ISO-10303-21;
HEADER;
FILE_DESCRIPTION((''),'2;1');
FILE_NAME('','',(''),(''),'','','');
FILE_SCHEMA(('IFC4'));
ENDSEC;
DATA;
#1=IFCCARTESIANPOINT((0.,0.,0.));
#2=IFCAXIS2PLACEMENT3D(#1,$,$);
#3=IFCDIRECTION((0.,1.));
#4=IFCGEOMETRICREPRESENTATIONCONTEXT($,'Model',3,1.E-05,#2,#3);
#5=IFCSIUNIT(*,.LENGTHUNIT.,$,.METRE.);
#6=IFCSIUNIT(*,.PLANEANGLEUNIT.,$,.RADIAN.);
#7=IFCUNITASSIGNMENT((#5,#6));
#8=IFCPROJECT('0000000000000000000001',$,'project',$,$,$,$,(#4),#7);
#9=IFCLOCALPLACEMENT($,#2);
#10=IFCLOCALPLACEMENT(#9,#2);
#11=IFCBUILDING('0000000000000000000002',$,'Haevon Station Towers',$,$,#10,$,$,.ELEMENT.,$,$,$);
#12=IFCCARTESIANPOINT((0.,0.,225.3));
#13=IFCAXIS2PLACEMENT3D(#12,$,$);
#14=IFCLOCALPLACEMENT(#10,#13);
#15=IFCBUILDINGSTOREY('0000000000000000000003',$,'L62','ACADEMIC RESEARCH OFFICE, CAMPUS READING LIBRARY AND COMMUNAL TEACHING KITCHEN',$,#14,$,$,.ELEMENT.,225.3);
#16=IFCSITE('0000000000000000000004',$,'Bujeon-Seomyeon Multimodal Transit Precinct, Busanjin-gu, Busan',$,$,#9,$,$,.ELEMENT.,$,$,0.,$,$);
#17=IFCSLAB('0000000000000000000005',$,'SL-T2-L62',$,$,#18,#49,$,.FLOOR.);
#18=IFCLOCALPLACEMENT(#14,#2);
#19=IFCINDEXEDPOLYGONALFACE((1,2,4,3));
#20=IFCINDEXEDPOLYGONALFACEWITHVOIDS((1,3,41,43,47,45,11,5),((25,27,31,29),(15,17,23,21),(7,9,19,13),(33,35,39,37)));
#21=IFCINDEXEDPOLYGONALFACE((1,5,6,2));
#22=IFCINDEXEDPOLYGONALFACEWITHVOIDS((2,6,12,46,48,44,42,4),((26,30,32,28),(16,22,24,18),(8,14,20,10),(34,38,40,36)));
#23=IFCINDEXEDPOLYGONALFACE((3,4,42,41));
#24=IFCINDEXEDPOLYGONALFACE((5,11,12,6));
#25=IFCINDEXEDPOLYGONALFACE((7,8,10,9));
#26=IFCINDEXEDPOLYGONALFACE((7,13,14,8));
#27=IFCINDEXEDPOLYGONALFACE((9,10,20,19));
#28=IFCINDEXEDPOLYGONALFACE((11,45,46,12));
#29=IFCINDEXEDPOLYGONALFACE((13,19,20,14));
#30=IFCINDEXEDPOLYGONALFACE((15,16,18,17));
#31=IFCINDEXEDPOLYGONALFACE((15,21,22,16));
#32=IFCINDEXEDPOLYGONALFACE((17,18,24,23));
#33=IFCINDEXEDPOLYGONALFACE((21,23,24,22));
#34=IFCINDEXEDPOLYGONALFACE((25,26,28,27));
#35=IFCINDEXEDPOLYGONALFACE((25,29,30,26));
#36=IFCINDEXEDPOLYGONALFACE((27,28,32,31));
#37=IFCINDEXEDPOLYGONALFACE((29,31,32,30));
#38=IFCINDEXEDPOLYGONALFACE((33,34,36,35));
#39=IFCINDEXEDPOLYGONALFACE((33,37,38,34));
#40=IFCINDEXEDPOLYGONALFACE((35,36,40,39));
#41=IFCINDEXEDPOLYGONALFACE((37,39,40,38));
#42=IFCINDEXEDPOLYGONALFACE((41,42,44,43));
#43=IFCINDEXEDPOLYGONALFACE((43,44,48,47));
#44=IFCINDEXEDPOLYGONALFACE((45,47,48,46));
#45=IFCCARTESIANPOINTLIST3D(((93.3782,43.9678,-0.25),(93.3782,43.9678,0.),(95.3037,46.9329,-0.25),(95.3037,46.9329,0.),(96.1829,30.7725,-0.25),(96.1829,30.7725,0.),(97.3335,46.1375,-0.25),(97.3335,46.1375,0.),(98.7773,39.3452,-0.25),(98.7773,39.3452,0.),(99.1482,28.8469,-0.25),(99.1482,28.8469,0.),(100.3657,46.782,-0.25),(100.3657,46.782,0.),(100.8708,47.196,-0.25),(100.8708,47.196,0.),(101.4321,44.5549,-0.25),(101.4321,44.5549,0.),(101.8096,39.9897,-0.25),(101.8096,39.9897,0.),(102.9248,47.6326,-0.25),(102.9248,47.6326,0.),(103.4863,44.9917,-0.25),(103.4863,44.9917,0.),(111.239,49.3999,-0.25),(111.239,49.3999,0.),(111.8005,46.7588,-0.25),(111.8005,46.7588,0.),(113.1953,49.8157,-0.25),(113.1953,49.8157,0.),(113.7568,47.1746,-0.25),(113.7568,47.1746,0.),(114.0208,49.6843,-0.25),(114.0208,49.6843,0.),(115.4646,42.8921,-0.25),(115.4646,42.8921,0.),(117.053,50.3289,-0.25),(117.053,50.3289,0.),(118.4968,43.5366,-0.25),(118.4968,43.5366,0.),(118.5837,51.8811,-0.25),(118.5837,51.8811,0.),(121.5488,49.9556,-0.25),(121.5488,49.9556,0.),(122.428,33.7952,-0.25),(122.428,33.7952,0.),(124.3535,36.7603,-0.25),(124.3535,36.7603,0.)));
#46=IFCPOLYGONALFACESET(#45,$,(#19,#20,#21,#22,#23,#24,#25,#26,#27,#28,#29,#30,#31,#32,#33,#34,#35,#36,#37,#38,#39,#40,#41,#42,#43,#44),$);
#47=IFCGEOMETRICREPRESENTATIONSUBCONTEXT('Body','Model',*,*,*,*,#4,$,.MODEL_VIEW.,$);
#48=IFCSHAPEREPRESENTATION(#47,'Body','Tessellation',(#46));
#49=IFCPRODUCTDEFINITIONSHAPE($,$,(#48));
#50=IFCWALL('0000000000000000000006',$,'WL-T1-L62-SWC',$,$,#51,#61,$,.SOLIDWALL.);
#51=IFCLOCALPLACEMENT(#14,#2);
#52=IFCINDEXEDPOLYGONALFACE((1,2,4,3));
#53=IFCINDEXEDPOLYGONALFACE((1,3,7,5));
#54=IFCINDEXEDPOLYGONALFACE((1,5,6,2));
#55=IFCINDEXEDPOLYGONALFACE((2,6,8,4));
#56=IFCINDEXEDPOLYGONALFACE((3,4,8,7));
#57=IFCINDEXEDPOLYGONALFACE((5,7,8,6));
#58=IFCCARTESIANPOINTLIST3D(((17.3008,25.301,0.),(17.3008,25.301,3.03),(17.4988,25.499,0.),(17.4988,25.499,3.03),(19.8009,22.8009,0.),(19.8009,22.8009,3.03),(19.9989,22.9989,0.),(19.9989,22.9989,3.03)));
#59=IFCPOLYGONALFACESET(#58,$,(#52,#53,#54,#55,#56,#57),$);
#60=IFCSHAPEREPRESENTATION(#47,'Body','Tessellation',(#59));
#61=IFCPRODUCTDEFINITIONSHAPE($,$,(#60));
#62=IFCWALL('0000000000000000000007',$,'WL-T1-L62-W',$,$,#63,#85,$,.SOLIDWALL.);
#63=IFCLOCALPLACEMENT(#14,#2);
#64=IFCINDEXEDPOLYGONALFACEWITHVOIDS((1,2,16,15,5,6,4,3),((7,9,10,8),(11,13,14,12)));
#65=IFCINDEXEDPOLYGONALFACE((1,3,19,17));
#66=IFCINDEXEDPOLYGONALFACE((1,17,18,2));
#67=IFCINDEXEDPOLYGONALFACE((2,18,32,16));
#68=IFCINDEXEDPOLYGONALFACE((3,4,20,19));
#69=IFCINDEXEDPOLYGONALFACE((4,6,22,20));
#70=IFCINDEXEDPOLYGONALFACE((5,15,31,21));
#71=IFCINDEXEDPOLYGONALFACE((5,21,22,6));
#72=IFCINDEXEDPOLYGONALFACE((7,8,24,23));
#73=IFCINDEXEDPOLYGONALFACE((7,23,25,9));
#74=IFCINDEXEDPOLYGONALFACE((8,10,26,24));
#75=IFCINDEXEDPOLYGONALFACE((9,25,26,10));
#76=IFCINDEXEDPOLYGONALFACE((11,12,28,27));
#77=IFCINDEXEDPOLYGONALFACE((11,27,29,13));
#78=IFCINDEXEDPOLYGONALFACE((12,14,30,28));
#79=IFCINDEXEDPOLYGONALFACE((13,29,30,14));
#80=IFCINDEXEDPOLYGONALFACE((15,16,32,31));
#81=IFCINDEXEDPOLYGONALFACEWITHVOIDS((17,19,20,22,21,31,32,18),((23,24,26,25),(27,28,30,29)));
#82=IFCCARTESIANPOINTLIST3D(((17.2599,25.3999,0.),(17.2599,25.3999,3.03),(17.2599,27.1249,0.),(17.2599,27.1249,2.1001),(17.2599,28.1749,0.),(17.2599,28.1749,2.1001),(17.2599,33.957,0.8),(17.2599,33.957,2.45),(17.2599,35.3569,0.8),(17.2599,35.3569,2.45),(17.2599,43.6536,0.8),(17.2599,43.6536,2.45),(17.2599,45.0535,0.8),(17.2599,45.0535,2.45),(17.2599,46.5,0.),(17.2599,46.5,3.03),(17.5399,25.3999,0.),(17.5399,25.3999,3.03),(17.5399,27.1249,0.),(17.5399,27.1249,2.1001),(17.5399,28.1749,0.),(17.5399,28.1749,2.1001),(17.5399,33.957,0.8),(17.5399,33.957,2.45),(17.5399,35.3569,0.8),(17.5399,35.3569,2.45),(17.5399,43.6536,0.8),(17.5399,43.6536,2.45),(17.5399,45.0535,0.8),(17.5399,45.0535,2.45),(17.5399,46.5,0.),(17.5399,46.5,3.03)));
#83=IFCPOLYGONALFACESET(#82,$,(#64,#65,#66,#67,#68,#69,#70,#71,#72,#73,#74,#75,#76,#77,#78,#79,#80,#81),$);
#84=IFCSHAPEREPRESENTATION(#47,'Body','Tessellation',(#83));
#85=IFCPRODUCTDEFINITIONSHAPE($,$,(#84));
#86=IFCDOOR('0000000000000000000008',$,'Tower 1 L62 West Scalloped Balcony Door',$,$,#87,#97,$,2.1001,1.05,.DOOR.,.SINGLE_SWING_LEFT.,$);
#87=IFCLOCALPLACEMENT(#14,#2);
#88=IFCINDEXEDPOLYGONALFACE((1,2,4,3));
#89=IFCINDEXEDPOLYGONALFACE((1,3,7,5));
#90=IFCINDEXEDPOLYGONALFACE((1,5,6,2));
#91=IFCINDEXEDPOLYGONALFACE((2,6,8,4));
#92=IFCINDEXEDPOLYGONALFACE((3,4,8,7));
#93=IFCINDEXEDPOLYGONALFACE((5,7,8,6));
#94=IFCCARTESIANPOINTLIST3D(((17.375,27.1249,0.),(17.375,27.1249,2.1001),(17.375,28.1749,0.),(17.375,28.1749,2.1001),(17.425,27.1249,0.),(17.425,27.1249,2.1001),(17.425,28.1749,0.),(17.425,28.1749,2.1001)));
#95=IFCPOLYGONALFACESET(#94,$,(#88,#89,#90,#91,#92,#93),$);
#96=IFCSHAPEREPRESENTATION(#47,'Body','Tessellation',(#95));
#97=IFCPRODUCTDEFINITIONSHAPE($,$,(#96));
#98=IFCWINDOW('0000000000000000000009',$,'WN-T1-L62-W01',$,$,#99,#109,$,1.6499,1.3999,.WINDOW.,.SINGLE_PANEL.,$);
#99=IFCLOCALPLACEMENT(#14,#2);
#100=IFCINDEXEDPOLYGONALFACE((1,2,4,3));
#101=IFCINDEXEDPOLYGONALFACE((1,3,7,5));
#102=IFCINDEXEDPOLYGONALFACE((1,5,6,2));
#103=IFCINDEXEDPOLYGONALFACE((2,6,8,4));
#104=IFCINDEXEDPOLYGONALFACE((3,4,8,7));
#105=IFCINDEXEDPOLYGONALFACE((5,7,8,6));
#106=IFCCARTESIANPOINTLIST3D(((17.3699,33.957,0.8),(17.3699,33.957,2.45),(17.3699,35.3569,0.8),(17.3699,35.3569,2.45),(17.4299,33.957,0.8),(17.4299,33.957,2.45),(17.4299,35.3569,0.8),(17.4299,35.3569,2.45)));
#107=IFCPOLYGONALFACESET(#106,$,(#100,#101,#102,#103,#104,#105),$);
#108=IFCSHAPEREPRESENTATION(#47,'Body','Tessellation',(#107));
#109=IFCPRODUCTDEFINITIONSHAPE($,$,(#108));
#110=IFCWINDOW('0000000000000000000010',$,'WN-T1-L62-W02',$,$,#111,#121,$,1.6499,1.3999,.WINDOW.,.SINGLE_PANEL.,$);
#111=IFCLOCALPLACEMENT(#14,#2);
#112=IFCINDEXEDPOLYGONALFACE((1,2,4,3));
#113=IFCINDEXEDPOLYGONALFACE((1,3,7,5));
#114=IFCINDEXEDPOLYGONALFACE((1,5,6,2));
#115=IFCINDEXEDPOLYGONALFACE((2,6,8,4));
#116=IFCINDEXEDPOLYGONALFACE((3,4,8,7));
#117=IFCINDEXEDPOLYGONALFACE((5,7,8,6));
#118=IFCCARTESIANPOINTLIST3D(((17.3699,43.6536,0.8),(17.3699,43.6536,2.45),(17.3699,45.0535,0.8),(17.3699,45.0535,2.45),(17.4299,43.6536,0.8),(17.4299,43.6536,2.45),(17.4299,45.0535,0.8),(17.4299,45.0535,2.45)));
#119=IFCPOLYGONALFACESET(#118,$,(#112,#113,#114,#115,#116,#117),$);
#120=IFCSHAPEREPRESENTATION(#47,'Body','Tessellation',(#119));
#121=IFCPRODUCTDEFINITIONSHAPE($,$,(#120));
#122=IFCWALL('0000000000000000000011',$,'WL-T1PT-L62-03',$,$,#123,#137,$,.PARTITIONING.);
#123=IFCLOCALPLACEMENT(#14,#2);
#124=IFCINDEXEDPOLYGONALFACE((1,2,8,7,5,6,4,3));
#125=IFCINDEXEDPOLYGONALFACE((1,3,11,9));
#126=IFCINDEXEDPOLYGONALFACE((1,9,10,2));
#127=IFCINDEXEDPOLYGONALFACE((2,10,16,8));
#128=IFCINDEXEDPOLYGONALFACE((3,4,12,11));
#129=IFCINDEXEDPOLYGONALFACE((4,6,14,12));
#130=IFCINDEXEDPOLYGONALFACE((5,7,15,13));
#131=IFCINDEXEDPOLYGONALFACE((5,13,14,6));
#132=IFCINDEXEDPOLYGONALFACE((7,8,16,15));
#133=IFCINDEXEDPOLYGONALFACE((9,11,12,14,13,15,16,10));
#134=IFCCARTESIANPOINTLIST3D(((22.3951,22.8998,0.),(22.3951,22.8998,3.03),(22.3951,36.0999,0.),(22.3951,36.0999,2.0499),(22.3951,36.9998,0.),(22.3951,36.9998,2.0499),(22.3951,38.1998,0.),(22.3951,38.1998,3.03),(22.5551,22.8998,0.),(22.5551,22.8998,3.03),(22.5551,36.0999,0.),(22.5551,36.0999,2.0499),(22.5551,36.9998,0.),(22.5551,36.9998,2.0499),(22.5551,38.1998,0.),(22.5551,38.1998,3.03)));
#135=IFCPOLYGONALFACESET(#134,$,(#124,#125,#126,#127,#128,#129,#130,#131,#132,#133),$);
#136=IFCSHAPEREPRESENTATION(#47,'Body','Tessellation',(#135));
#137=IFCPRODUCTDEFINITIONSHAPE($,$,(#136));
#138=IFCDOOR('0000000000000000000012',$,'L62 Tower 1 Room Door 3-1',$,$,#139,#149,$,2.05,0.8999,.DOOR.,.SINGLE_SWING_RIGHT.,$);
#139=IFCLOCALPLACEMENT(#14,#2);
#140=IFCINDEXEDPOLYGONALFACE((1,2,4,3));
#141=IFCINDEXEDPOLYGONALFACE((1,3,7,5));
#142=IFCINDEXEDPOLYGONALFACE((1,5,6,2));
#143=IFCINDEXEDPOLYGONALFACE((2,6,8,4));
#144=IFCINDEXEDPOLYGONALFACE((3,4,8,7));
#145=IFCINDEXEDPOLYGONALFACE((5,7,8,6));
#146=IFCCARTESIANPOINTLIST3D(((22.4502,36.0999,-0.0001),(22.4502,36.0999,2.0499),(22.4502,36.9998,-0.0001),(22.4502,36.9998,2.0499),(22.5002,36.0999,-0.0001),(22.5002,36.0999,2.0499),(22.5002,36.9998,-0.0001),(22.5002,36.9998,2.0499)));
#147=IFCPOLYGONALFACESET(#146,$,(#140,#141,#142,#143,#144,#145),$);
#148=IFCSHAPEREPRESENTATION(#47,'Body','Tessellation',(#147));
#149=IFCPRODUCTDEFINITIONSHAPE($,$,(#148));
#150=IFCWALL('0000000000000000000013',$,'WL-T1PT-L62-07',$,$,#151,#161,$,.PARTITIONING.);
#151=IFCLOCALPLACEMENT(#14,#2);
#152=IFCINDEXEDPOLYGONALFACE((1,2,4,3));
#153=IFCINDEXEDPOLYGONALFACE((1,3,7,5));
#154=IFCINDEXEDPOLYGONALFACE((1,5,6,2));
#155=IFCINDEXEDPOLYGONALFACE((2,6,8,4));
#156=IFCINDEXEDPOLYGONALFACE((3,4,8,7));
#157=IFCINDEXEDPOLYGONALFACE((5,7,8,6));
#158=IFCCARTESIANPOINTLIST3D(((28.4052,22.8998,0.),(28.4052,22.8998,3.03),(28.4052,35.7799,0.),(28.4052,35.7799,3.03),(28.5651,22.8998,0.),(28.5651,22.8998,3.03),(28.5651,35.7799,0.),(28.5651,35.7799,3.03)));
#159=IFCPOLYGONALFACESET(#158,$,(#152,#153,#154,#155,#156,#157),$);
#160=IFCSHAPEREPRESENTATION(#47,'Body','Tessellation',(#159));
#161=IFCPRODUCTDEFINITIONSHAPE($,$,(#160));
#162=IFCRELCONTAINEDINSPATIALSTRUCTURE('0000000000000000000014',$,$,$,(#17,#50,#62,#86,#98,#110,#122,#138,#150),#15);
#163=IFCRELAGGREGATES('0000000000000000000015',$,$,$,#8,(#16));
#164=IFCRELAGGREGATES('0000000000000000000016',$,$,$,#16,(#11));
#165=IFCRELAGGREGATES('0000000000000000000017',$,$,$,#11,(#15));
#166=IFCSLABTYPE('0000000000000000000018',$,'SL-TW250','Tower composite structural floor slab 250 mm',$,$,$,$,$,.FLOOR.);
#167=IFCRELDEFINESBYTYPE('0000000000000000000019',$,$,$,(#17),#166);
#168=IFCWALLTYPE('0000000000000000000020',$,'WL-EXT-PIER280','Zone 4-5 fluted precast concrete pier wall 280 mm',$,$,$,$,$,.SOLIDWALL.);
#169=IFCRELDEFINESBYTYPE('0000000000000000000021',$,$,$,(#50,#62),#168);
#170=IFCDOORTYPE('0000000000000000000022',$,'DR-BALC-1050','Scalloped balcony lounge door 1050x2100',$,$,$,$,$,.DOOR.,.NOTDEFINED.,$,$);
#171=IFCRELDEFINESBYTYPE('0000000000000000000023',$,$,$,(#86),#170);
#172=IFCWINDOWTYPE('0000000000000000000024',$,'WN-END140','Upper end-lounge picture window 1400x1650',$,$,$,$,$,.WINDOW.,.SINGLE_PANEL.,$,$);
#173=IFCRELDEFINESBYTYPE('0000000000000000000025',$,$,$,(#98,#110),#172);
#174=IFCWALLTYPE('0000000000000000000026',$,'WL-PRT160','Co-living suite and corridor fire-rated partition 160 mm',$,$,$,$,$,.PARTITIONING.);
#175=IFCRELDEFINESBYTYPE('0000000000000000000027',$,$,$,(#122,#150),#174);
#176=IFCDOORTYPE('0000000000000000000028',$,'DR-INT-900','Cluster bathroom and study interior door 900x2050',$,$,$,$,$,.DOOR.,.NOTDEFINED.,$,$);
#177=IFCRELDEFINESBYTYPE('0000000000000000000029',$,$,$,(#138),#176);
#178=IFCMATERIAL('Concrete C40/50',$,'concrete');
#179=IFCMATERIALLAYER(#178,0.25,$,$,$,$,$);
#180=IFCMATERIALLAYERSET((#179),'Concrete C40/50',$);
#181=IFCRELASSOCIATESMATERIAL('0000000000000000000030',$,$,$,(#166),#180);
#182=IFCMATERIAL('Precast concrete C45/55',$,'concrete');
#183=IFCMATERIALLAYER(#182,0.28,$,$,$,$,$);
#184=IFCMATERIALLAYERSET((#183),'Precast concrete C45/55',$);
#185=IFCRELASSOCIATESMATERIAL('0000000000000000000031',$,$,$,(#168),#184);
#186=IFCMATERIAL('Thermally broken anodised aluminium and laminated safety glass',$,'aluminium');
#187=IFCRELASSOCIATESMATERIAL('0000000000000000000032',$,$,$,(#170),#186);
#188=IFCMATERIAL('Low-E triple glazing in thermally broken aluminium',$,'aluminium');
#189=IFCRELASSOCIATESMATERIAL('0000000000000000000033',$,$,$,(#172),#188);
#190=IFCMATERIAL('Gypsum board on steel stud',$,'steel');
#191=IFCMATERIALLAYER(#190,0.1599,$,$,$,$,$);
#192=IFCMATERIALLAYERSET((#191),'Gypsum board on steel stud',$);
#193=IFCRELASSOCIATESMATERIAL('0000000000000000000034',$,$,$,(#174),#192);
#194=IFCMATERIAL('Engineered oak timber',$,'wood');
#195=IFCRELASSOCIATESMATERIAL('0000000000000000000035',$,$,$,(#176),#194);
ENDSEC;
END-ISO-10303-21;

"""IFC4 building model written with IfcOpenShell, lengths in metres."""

from ifc_helpers import new_model, si_unit, direction, frame, frame_2d, origin, place, context, subcontext, project, spatial, polyline, rectangle, outline, extrude, material, layer, layer_set, type_object, element, fill, save


model = new_model("IFC4")

# Units and contexts
model_context = context("Model", 3, precision=1e-05, world=origin(), true_north=direction((0.0, 1.0)))
body_context = subcontext(model_context, "Body", "Model", "MODEL_VIEW")
ifc_project = project(units=[si_unit("LENGTHUNIT", "METRE"), si_unit("PLANEANGLEUNIT", "RADIAN")], contexts=[model_context])

# Site, building, storey
site_placement = place(None, origin())
site = spatial("IfcSite", under=ifc_project, at=site_placement, Name="Bujeon-Seomyeon Multimodal Transit Precinct, Busanjin-gu, Busan", CompositionType="ELEMENT", RefElevation=0.0)
building_placement = place(site_placement, origin())
building = spatial("IfcBuilding", under=site, at=building_placement, Name="Haevon Station Towers", CompositionType="ELEMENT")
storey_placement = place(building_placement, frame((0.0, 0.0, 225.3)))
storey = spatial("IfcBuildingStorey", under=building, at=storey_placement, Name="L62", Description="ACADEMIC RESEARCH OFFICE, CAMPUS READING LIBRARY AND COMMUNAL TEACHING KITCHEN", CompositionType="ELEMENT", Elevation=225.3)

# Shared definitions
ifc_material_1 = material(Name="Concrete C40/50", Category="concrete")

# Slab
ifc_layer_1 = layer(ifc_material_1, 0.25)
ifc_layer_set_1 = layer_set([ifc_layer_1], Name="Concrete C40/50")
slab_type_1 = type_object("IfcSlabType", Name="SL-TW250", Description="Tower composite structural floor slab 250 mm", PredefinedType="FLOOR", material=ifc_layer_set_1)
slab_1_placement = place(storey_placement, frame((0.0, 0.0, -0.25)))
element("IfcSlab", 1, at=slab_1_placement, inside=storey, type_object=slab_type_1, Name="SL-T2-L62", PredefinedType="FLOOR", context=body_context, shape_type="SweptSolid", body=[
    extrude(outline(polyline([(99.1482, 28.8469), (122.428, 33.7952), (124.3535, 36.7603), (121.5488, 49.9556), (118.5837, 51.8811), (95.3037, 46.9329), (93.3782, 43.9678), (96.1829, 30.7725), (99.1482, 28.8469)]), holes=[polyline([(101.8096, 39.9897), (100.3657, 46.782), (97.3335, 46.1375), (98.7773, 39.3452), (101.8096, 39.9897)]), polyline([(118.4968, 43.5366), (117.053, 50.3289), (114.0208, 49.6843), (115.4646, 42.8921), (118.4968, 43.5366)]), polyline([(101.4321, 44.5549), (103.4863, 44.9917), (102.9248, 47.6326), (100.8708, 47.196), (101.4321, 44.5549)]), polyline([(111.8005, 46.7588), (113.7568, 47.1746), (113.1953, 49.8157), (111.239, 49.3999), (111.8005, 46.7588)])]), origin(), (0.0, 0.0, 1.0), 0.25),
])

# Wall
ifc_material_2 = material(Name="Precast concrete C45/55", Category="concrete")
ifc_layer_2 = layer(ifc_material_2, 0.28)
ifc_layer_set_2 = layer_set([ifc_layer_2], Name="Precast concrete C45/55")
wall_type_1 = type_object("IfcWallType", Name="WL-EXT-PIER280", Description="Zone 4-5 fluted precast concrete pier wall 280 mm", PredefinedType="SOLIDWALL", material=ifc_layer_set_2)
wall_1_placement = place(storey_placement, frame((19.8999, 22.8999, 0.0), z_axis=(0.0, 0.0, 1.0), x_axis=(-0.707107, 0.707107, 0.0)))
element("IfcWall", 2, at=wall_1_placement, inside=storey, type_object=wall_type_1, Name="WL-T1-L62-SWC", PredefinedType="SOLIDWALL", context=body_context, shape_type="SweptSolid", body=[
    extrude(rectangle(XDim=3.5356, YDim=0.28, at=frame_2d((1.7678, 0.0))), origin(), (0.0, 0.0, 1.0), 3.03),
])

# Wall, openings, door, windows
wall_2_placement = place(storey_placement, frame((17.3999, 25.3999, 0.0), z_axis=(0.0, 0.0, 1.0), x_axis=(0.0, 1.0, 0.0)))
wall_2 = element("IfcWall", 3, at=wall_2_placement, inside=storey, type_object=wall_type_1, Name="WL-T1-L62-W", PredefinedType="SOLIDWALL", context=body_context, shape_type="SweptSolid", body=[
    extrude(rectangle(XDim=21.1001, YDim=0.28, at=frame_2d((10.55, 0.0))), origin(), (0.0, 0.0, 1.0), 3.03),
])
opening_1_placement = place(wall_2_placement, frame((1.7251, 0.0, 0.0)))
opening_1 = element("IfcOpeningElement", 4, at=opening_1_placement, cuts=wall_2, PredefinedType="OPENING", context=body_context, shape_type="SweptSolid", body=[
    extrude(rectangle(XDim=1.05, YDim=2.1001, at=frame_2d((0.5249, 1.05))), frame((0.0, 0.1499, 0.0), z_axis=(0.0, -1.0, 0.0), x_axis=(1.0, 0.0, 0.0)), (0.0, 0.0, 1.0), 0.3),
])
opening_2_placement = place(wall_2_placement, frame((8.5571, 0.0, 0.8)))
opening_2 = element("IfcOpeningElement", 5, at=opening_2_placement, cuts=wall_2, PredefinedType="OPENING", context=body_context, shape_type="SweptSolid", body=[
    extrude(rectangle(XDim=1.3999, YDim=1.6499, at=frame_2d((0.7, 0.825))), frame((0.0, 0.1499, 0.0), z_axis=(0.0, -1.0, 0.0), x_axis=(1.0, 0.0, 0.0)), (0.0, 0.0, 1.0), 0.3),
])
opening_3_placement = place(wall_2_placement, frame((18.2537, 0.0, 0.8)))
opening_3 = element("IfcOpeningElement", 6, at=opening_3_placement, cuts=wall_2, PredefinedType="OPENING", context=body_context, shape_type="SweptSolid", body=[
    extrude(rectangle(XDim=1.3999, YDim=1.6499, at=frame_2d((0.7, 0.825))), frame((0.0, 0.1499, 0.0), z_axis=(0.0, -1.0, 0.0), x_axis=(1.0, 0.0, 0.0)), (0.0, 0.0, 1.0), 0.3),
])
ifc_material_3 = material(Name="Thermally broken anodised aluminium and laminated safety glass", Category="aluminium")
door_type_1 = type_object("IfcDoorType", Name="DR-BALC-1050", Description="Scalloped balcony lounge door 1050x2100", OperationType="NOTDEFINED", PredefinedType="DOOR", material=ifc_material_3)
door_1_placement = place(opening_1_placement, origin())
door_1 = element("IfcDoor", 7, at=door_1_placement, inside=storey, type_object=door_type_1, Name="Tower 1 L62 West Scalloped Balcony Door", OperationType="SINGLE_SWING_LEFT", OverallHeight=2.1001, OverallWidth=1.05, PredefinedType="DOOR", context=body_context, shape_type="SweptSolid", body=[
    extrude(rectangle(XDim=1.05, YDim=2.1001, at=frame_2d((0.5249, 1.05))), frame((0.0, 0.0249, 0.0), z_axis=(0.0, -1.0, 0.0), x_axis=(1.0, 0.0, 0.0)), (0.0, 0.0, 1.0), 0.05),
])
fill(opening_1, door_1)
ifc_material_4 = material(Name="Low-E triple glazing in thermally broken aluminium", Category="aluminium")
window_type = type_object("IfcWindowType", Name="WN-END140", Description="Upper end-lounge picture window 1400x1650", PartitioningType="SINGLE_PANEL", PredefinedType="WINDOW", material=ifc_material_4)
window_1_placement = place(opening_2_placement, origin())
window_1 = element("IfcWindow", 8, at=window_1_placement, inside=storey, type_object=window_type, Name="WN-T1-L62-W01", OverallHeight=1.6499, OverallWidth=1.3999, PartitioningType="SINGLE_PANEL", PredefinedType="WINDOW", context=body_context, shape_type="SweptSolid", body=[
    extrude(rectangle(XDim=1.3999, YDim=1.6499, at=frame_2d((0.7, 0.825))), frame((0.0, 0.03, 0.0), z_axis=(0.0, -1.0, 0.0), x_axis=(1.0, 0.0, 0.0)), (0.0, 0.0, 1.0), 0.0601),
])
fill(opening_2, window_1)
window_2_placement = place(opening_3_placement, origin())
window_2 = element("IfcWindow", 9, at=window_2_placement, inside=storey, type_object=window_type, Name="WN-T1-L62-W02", OverallHeight=1.6499, OverallWidth=1.3999, PartitioningType="SINGLE_PANEL", PredefinedType="WINDOW", context=body_context, shape_type="SweptSolid", body=[
    extrude(rectangle(XDim=1.3999, YDim=1.6499, at=frame_2d((0.7, 0.825))), frame((0.0, 0.03, 0.0), z_axis=(0.0, -1.0, 0.0), x_axis=(1.0, 0.0, 0.0)), (0.0, 0.0, 1.0), 0.0601),
])
fill(opening_3, window_2)

# Wall, opening, door
ifc_material_5 = material(Name="Gypsum board on steel stud", Category="steel")
ifc_layer_3 = layer(ifc_material_5, 0.1599)
ifc_layer_set_3 = layer_set([ifc_layer_3], Name="Gypsum board on steel stud")
wall_type_2 = type_object("IfcWallType", Name="WL-PRT160", Description="Co-living suite and corridor fire-rated partition 160 mm", PredefinedType="PARTITIONING", material=ifc_layer_set_3)
wall_3_placement = place(storey_placement, frame((22.4751, 22.8999, 0.0), z_axis=(0.0, 0.0, 1.0), x_axis=(0.0, 1.0, 0.0)))
wall_3 = element("IfcWall", 10, at=wall_3_placement, inside=storey, type_object=wall_type_2, Name="WL-T1PT-L62-03", PredefinedType="PARTITIONING", context=body_context, shape_type="SweptSolid", body=[
    extrude(rectangle(XDim=15.3, YDim=0.1599, at=frame_2d((7.6499, 0.0))), origin(), (0.0, 0.0, 1.0), 3.03),
])
opening_4_placement = place(wall_3_placement, frame((13.2, 0.0, 0.0)))
opening_4 = element("IfcOpeningElement", 11, at=opening_4_placement, cuts=wall_3, PredefinedType="OPENING", context=body_context, shape_type="SweptSolid", body=[
    extrude(rectangle(XDim=0.8999, YDim=2.05, at=frame_2d((0.45, 1.0249))), frame((0.0, 0.0898, 0.0), z_axis=(0.0, -1.0, 0.0), x_axis=(1.0, 0.0, 0.0)), (0.0, 0.0, 1.0), 0.1799),
])
ifc_material_6 = material(Name="Engineered oak timber", Category="wood")
door_type_2 = type_object("IfcDoorType", Name="DR-INT-900", Description="Cluster bathroom and study interior door 900x2050", OperationType="NOTDEFINED", PredefinedType="DOOR", material=ifc_material_6)
door_2_placement = place(opening_4_placement, origin())
door_2 = element("IfcDoor", 12, at=door_2_placement, inside=storey, type_object=door_type_2, Name="L62 Tower 1 Room Door 3-1", OperationType="SINGLE_SWING_RIGHT", OverallHeight=2.05, OverallWidth=0.8999, PredefinedType="DOOR", context=body_context, shape_type="SweptSolid", body=[
    extrude(rectangle(XDim=0.8999, YDim=2.05, at=frame_2d((0.45, 1.0249))), frame((0.0, 0.0249, 0.0), z_axis=(0.0, -1.0, 0.0), x_axis=(1.0, 0.0, 0.0)), (0.0, 0.0, 1.0), 0.05),
])
fill(opening_4, door_2)

# Wall
wall_4_placement = place(storey_placement, frame((28.4851, 22.8999, 0.0), z_axis=(0.0, 0.0, 1.0), x_axis=(0.0, 1.0, 0.0)))
element("IfcWall", 13, at=wall_4_placement, inside=storey, type_object=wall_type_2, Name="WL-T1PT-L62-07", PredefinedType="PARTITIONING", context=body_context, shape_type="SweptSolid", body=[
    extrude(rectangle(XDim=12.8801, YDim=0.1599, at=frame_2d((6.4399, 0.0))), origin(), (0.0, 0.0, 1.0), 3.03),
])

save(model, "model.ifc")
